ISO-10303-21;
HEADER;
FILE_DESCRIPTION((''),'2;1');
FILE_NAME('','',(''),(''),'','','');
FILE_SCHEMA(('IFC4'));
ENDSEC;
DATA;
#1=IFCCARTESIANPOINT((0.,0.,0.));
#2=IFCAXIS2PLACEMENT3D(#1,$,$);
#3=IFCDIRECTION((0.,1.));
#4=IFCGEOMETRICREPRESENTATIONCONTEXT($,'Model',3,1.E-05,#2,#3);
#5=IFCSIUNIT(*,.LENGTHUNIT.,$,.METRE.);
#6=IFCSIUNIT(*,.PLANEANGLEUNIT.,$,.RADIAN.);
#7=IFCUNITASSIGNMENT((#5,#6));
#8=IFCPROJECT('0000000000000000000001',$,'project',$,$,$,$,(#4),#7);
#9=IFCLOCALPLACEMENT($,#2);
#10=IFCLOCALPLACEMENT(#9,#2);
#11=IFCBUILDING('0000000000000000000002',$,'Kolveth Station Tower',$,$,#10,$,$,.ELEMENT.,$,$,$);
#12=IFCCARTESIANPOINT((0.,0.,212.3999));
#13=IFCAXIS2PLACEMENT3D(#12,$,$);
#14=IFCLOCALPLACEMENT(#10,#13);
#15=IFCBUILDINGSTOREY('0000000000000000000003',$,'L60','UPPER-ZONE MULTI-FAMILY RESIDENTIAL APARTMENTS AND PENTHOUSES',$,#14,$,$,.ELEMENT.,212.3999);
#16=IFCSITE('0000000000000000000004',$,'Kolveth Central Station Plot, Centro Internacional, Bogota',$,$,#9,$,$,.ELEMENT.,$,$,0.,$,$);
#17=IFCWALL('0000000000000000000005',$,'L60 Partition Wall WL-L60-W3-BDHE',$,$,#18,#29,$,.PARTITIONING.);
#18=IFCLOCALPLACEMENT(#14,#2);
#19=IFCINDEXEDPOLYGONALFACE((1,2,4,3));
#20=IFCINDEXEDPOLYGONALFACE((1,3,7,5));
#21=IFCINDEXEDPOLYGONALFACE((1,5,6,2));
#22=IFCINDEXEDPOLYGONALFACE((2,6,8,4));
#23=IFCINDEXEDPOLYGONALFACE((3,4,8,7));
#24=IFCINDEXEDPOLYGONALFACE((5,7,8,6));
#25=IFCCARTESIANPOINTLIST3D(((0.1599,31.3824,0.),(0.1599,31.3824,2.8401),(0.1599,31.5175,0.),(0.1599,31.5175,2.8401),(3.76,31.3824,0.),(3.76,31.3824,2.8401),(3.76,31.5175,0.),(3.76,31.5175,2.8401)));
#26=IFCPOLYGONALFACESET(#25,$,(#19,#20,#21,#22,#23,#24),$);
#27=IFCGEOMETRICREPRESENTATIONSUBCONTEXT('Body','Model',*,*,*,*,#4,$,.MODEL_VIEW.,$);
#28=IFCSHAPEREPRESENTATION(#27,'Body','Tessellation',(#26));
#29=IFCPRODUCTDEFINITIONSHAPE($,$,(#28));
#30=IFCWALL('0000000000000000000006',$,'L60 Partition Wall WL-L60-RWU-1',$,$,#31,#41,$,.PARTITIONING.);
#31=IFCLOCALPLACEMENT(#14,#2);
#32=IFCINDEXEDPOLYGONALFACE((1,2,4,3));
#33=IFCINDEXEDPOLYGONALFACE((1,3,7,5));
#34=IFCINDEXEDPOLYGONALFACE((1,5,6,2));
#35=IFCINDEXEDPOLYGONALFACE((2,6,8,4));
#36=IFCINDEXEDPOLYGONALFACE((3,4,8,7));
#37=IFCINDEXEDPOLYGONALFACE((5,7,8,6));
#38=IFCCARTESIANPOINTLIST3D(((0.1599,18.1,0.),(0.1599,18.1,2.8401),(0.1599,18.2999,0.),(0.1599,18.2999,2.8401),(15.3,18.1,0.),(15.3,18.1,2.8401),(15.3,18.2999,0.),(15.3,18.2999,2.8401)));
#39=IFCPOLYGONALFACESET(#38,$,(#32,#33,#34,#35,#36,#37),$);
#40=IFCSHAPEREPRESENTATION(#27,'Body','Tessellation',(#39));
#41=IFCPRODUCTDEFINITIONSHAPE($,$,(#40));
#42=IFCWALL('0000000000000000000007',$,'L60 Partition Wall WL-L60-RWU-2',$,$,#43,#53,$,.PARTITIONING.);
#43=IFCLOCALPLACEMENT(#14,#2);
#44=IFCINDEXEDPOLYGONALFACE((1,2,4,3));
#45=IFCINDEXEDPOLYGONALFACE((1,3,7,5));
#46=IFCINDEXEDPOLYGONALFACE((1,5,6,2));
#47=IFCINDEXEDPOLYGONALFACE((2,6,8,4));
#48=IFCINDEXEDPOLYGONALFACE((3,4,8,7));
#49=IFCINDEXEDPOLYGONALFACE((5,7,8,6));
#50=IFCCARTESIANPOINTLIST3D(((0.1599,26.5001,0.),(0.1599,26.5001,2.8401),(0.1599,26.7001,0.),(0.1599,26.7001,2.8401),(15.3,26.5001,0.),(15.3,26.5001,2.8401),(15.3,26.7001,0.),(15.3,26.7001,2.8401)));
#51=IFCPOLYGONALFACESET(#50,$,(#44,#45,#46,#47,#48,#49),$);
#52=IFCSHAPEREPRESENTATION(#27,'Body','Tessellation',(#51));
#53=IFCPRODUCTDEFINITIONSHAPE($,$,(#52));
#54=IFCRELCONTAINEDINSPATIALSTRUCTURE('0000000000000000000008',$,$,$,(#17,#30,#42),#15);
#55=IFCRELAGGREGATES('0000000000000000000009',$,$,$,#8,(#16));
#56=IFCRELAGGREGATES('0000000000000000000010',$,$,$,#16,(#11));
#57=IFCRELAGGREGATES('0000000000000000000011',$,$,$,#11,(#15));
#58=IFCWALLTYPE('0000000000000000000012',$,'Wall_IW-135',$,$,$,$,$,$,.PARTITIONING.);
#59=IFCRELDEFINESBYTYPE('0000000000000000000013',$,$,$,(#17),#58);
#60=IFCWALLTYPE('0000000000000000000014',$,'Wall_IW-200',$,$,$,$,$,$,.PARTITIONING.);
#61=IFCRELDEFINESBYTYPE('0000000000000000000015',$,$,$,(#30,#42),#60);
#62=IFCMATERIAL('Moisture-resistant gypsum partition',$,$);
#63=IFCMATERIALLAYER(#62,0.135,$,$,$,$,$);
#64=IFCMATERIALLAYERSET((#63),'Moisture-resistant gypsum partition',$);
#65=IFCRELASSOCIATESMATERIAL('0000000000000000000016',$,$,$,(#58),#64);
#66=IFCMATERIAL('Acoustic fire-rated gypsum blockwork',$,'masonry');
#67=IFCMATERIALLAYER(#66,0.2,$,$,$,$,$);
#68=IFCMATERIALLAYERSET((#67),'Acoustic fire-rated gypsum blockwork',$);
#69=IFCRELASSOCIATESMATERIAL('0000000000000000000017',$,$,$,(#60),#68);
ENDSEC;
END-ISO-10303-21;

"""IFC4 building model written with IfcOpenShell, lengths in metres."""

from ifc_helpers import new_model, si_unit, direction, frame, frame_2d, origin, place, context, subcontext, project, spatial, rectangle, extrude, material, layer, layer_set, type_object, element, save


model = new_model("IFC4")

# Units and contexts
model_context = context("Model", 3, precision=1e-05, world=origin(), true_north=direction((0.0, 1.0)))
body_context = subcontext(model_context, "Body", "Model", "MODEL_VIEW")
ifc_project = project(units=[si_unit("LENGTHUNIT", "METRE"), si_unit("PLANEANGLEUNIT", "RADIAN")], contexts=[model_context])

# Site, building, storey
site_placement = place(None, origin())
site = spatial("IfcSite", under=ifc_project, at=site_placement, Name="Kolveth Central Station Plot, Centro Internacional, Bogota", CompositionType="ELEMENT", RefElevation=0.0)
building_placement = place(site_placement, origin())
building = spatial("IfcBuilding", under=site, at=building_placement, Name="Kolveth Station Tower", CompositionType="ELEMENT")
storey_placement = place(building_placement, frame((0.0, 0.0, 212.3999)))
storey = spatial("IfcBuildingStorey", under=building, at=storey_placement, Name="L60", Description="UPPER-ZONE MULTI-FAMILY RESIDENTIAL APARTMENTS AND PENTHOUSES", CompositionType="ELEMENT", Elevation=212.3999)

# Shared definitions
ifc_material_1 = material(Name="Moisture-resistant gypsum partition")
ifc_layer_1 = layer(ifc_material_1, 0.135)
ifc_layer_set_1 = layer_set([ifc_layer_1], Name="Moisture-resistant gypsum partition")
wall_type_1 = type_object("IfcWallType", Name="Wall_IW-135", PredefinedType="PARTITIONING", material=ifc_layer_set_1)

# Wall
for number, where, z_axis, x_axis, name in (
    (1, (0.1599, 31.45, 0.0), (0.0, 0.0, 1.0), (1.0, 0.0, 0.0), "L60 Partition Wall WL-L60-W3-BDHE"),
):
    element("IfcWall", number, at=place(storey_placement, frame(where, z_axis=z_axis, x_axis=x_axis)), inside=storey, type_object=wall_type_1, Name=name, PredefinedType="PARTITIONING", context=body_context, shape_type="SweptSolid", body=[
        extrude(rectangle(XDim=3.6001, YDim=0.135, at=frame_2d((1.8, 0.0))), origin(), (0.0, 0.0, 1.0), 2.8401),
    ])

# Walls
ifc_material_2 = material(Name="Acoustic fire-rated gypsum blockwork", Category="masonry")
ifc_layer_2 = layer(ifc_material_2, 0.2)
ifc_layer_set_2 = layer_set([ifc_layer_2], Name="Acoustic fire-rated gypsum blockwork")
wall_type_2 = type_object("IfcWallType", Name="Wall_IW-200", PredefinedType="PARTITIONING", material=ifc_layer_set_2)
for number, where, z_axis, x_axis, name in (
    (2, (0.1599, 18.2, 0.0), (0.0, 0.0, 1.0), (1.0, 0.0, 0.0), "L60 Partition Wall WL-L60-RWU-1"),
    (3, (0.1599, 26.6001, 0.0), (0.0, 0.0, 1.0), (1.0, 0.0, 0.0), "L60 Partition Wall WL-L60-RWU-2"),
):
    element("IfcWall", number, at=place(storey_placement, frame(where, z_axis=z_axis, x_axis=x_axis)), inside=storey, type_object=wall_type_2, Name=name, PredefinedType="PARTITIONING", context=body_context, shape_type="SweptSolid", body=[
        extrude(rectangle(XDim=15.1401, YDim=0.2, at=frame_2d((7.5701, 0.0))), origin(), (0.0, 0.0, 1.0), 2.8401),
    ])

save(model, "model.ifc")
